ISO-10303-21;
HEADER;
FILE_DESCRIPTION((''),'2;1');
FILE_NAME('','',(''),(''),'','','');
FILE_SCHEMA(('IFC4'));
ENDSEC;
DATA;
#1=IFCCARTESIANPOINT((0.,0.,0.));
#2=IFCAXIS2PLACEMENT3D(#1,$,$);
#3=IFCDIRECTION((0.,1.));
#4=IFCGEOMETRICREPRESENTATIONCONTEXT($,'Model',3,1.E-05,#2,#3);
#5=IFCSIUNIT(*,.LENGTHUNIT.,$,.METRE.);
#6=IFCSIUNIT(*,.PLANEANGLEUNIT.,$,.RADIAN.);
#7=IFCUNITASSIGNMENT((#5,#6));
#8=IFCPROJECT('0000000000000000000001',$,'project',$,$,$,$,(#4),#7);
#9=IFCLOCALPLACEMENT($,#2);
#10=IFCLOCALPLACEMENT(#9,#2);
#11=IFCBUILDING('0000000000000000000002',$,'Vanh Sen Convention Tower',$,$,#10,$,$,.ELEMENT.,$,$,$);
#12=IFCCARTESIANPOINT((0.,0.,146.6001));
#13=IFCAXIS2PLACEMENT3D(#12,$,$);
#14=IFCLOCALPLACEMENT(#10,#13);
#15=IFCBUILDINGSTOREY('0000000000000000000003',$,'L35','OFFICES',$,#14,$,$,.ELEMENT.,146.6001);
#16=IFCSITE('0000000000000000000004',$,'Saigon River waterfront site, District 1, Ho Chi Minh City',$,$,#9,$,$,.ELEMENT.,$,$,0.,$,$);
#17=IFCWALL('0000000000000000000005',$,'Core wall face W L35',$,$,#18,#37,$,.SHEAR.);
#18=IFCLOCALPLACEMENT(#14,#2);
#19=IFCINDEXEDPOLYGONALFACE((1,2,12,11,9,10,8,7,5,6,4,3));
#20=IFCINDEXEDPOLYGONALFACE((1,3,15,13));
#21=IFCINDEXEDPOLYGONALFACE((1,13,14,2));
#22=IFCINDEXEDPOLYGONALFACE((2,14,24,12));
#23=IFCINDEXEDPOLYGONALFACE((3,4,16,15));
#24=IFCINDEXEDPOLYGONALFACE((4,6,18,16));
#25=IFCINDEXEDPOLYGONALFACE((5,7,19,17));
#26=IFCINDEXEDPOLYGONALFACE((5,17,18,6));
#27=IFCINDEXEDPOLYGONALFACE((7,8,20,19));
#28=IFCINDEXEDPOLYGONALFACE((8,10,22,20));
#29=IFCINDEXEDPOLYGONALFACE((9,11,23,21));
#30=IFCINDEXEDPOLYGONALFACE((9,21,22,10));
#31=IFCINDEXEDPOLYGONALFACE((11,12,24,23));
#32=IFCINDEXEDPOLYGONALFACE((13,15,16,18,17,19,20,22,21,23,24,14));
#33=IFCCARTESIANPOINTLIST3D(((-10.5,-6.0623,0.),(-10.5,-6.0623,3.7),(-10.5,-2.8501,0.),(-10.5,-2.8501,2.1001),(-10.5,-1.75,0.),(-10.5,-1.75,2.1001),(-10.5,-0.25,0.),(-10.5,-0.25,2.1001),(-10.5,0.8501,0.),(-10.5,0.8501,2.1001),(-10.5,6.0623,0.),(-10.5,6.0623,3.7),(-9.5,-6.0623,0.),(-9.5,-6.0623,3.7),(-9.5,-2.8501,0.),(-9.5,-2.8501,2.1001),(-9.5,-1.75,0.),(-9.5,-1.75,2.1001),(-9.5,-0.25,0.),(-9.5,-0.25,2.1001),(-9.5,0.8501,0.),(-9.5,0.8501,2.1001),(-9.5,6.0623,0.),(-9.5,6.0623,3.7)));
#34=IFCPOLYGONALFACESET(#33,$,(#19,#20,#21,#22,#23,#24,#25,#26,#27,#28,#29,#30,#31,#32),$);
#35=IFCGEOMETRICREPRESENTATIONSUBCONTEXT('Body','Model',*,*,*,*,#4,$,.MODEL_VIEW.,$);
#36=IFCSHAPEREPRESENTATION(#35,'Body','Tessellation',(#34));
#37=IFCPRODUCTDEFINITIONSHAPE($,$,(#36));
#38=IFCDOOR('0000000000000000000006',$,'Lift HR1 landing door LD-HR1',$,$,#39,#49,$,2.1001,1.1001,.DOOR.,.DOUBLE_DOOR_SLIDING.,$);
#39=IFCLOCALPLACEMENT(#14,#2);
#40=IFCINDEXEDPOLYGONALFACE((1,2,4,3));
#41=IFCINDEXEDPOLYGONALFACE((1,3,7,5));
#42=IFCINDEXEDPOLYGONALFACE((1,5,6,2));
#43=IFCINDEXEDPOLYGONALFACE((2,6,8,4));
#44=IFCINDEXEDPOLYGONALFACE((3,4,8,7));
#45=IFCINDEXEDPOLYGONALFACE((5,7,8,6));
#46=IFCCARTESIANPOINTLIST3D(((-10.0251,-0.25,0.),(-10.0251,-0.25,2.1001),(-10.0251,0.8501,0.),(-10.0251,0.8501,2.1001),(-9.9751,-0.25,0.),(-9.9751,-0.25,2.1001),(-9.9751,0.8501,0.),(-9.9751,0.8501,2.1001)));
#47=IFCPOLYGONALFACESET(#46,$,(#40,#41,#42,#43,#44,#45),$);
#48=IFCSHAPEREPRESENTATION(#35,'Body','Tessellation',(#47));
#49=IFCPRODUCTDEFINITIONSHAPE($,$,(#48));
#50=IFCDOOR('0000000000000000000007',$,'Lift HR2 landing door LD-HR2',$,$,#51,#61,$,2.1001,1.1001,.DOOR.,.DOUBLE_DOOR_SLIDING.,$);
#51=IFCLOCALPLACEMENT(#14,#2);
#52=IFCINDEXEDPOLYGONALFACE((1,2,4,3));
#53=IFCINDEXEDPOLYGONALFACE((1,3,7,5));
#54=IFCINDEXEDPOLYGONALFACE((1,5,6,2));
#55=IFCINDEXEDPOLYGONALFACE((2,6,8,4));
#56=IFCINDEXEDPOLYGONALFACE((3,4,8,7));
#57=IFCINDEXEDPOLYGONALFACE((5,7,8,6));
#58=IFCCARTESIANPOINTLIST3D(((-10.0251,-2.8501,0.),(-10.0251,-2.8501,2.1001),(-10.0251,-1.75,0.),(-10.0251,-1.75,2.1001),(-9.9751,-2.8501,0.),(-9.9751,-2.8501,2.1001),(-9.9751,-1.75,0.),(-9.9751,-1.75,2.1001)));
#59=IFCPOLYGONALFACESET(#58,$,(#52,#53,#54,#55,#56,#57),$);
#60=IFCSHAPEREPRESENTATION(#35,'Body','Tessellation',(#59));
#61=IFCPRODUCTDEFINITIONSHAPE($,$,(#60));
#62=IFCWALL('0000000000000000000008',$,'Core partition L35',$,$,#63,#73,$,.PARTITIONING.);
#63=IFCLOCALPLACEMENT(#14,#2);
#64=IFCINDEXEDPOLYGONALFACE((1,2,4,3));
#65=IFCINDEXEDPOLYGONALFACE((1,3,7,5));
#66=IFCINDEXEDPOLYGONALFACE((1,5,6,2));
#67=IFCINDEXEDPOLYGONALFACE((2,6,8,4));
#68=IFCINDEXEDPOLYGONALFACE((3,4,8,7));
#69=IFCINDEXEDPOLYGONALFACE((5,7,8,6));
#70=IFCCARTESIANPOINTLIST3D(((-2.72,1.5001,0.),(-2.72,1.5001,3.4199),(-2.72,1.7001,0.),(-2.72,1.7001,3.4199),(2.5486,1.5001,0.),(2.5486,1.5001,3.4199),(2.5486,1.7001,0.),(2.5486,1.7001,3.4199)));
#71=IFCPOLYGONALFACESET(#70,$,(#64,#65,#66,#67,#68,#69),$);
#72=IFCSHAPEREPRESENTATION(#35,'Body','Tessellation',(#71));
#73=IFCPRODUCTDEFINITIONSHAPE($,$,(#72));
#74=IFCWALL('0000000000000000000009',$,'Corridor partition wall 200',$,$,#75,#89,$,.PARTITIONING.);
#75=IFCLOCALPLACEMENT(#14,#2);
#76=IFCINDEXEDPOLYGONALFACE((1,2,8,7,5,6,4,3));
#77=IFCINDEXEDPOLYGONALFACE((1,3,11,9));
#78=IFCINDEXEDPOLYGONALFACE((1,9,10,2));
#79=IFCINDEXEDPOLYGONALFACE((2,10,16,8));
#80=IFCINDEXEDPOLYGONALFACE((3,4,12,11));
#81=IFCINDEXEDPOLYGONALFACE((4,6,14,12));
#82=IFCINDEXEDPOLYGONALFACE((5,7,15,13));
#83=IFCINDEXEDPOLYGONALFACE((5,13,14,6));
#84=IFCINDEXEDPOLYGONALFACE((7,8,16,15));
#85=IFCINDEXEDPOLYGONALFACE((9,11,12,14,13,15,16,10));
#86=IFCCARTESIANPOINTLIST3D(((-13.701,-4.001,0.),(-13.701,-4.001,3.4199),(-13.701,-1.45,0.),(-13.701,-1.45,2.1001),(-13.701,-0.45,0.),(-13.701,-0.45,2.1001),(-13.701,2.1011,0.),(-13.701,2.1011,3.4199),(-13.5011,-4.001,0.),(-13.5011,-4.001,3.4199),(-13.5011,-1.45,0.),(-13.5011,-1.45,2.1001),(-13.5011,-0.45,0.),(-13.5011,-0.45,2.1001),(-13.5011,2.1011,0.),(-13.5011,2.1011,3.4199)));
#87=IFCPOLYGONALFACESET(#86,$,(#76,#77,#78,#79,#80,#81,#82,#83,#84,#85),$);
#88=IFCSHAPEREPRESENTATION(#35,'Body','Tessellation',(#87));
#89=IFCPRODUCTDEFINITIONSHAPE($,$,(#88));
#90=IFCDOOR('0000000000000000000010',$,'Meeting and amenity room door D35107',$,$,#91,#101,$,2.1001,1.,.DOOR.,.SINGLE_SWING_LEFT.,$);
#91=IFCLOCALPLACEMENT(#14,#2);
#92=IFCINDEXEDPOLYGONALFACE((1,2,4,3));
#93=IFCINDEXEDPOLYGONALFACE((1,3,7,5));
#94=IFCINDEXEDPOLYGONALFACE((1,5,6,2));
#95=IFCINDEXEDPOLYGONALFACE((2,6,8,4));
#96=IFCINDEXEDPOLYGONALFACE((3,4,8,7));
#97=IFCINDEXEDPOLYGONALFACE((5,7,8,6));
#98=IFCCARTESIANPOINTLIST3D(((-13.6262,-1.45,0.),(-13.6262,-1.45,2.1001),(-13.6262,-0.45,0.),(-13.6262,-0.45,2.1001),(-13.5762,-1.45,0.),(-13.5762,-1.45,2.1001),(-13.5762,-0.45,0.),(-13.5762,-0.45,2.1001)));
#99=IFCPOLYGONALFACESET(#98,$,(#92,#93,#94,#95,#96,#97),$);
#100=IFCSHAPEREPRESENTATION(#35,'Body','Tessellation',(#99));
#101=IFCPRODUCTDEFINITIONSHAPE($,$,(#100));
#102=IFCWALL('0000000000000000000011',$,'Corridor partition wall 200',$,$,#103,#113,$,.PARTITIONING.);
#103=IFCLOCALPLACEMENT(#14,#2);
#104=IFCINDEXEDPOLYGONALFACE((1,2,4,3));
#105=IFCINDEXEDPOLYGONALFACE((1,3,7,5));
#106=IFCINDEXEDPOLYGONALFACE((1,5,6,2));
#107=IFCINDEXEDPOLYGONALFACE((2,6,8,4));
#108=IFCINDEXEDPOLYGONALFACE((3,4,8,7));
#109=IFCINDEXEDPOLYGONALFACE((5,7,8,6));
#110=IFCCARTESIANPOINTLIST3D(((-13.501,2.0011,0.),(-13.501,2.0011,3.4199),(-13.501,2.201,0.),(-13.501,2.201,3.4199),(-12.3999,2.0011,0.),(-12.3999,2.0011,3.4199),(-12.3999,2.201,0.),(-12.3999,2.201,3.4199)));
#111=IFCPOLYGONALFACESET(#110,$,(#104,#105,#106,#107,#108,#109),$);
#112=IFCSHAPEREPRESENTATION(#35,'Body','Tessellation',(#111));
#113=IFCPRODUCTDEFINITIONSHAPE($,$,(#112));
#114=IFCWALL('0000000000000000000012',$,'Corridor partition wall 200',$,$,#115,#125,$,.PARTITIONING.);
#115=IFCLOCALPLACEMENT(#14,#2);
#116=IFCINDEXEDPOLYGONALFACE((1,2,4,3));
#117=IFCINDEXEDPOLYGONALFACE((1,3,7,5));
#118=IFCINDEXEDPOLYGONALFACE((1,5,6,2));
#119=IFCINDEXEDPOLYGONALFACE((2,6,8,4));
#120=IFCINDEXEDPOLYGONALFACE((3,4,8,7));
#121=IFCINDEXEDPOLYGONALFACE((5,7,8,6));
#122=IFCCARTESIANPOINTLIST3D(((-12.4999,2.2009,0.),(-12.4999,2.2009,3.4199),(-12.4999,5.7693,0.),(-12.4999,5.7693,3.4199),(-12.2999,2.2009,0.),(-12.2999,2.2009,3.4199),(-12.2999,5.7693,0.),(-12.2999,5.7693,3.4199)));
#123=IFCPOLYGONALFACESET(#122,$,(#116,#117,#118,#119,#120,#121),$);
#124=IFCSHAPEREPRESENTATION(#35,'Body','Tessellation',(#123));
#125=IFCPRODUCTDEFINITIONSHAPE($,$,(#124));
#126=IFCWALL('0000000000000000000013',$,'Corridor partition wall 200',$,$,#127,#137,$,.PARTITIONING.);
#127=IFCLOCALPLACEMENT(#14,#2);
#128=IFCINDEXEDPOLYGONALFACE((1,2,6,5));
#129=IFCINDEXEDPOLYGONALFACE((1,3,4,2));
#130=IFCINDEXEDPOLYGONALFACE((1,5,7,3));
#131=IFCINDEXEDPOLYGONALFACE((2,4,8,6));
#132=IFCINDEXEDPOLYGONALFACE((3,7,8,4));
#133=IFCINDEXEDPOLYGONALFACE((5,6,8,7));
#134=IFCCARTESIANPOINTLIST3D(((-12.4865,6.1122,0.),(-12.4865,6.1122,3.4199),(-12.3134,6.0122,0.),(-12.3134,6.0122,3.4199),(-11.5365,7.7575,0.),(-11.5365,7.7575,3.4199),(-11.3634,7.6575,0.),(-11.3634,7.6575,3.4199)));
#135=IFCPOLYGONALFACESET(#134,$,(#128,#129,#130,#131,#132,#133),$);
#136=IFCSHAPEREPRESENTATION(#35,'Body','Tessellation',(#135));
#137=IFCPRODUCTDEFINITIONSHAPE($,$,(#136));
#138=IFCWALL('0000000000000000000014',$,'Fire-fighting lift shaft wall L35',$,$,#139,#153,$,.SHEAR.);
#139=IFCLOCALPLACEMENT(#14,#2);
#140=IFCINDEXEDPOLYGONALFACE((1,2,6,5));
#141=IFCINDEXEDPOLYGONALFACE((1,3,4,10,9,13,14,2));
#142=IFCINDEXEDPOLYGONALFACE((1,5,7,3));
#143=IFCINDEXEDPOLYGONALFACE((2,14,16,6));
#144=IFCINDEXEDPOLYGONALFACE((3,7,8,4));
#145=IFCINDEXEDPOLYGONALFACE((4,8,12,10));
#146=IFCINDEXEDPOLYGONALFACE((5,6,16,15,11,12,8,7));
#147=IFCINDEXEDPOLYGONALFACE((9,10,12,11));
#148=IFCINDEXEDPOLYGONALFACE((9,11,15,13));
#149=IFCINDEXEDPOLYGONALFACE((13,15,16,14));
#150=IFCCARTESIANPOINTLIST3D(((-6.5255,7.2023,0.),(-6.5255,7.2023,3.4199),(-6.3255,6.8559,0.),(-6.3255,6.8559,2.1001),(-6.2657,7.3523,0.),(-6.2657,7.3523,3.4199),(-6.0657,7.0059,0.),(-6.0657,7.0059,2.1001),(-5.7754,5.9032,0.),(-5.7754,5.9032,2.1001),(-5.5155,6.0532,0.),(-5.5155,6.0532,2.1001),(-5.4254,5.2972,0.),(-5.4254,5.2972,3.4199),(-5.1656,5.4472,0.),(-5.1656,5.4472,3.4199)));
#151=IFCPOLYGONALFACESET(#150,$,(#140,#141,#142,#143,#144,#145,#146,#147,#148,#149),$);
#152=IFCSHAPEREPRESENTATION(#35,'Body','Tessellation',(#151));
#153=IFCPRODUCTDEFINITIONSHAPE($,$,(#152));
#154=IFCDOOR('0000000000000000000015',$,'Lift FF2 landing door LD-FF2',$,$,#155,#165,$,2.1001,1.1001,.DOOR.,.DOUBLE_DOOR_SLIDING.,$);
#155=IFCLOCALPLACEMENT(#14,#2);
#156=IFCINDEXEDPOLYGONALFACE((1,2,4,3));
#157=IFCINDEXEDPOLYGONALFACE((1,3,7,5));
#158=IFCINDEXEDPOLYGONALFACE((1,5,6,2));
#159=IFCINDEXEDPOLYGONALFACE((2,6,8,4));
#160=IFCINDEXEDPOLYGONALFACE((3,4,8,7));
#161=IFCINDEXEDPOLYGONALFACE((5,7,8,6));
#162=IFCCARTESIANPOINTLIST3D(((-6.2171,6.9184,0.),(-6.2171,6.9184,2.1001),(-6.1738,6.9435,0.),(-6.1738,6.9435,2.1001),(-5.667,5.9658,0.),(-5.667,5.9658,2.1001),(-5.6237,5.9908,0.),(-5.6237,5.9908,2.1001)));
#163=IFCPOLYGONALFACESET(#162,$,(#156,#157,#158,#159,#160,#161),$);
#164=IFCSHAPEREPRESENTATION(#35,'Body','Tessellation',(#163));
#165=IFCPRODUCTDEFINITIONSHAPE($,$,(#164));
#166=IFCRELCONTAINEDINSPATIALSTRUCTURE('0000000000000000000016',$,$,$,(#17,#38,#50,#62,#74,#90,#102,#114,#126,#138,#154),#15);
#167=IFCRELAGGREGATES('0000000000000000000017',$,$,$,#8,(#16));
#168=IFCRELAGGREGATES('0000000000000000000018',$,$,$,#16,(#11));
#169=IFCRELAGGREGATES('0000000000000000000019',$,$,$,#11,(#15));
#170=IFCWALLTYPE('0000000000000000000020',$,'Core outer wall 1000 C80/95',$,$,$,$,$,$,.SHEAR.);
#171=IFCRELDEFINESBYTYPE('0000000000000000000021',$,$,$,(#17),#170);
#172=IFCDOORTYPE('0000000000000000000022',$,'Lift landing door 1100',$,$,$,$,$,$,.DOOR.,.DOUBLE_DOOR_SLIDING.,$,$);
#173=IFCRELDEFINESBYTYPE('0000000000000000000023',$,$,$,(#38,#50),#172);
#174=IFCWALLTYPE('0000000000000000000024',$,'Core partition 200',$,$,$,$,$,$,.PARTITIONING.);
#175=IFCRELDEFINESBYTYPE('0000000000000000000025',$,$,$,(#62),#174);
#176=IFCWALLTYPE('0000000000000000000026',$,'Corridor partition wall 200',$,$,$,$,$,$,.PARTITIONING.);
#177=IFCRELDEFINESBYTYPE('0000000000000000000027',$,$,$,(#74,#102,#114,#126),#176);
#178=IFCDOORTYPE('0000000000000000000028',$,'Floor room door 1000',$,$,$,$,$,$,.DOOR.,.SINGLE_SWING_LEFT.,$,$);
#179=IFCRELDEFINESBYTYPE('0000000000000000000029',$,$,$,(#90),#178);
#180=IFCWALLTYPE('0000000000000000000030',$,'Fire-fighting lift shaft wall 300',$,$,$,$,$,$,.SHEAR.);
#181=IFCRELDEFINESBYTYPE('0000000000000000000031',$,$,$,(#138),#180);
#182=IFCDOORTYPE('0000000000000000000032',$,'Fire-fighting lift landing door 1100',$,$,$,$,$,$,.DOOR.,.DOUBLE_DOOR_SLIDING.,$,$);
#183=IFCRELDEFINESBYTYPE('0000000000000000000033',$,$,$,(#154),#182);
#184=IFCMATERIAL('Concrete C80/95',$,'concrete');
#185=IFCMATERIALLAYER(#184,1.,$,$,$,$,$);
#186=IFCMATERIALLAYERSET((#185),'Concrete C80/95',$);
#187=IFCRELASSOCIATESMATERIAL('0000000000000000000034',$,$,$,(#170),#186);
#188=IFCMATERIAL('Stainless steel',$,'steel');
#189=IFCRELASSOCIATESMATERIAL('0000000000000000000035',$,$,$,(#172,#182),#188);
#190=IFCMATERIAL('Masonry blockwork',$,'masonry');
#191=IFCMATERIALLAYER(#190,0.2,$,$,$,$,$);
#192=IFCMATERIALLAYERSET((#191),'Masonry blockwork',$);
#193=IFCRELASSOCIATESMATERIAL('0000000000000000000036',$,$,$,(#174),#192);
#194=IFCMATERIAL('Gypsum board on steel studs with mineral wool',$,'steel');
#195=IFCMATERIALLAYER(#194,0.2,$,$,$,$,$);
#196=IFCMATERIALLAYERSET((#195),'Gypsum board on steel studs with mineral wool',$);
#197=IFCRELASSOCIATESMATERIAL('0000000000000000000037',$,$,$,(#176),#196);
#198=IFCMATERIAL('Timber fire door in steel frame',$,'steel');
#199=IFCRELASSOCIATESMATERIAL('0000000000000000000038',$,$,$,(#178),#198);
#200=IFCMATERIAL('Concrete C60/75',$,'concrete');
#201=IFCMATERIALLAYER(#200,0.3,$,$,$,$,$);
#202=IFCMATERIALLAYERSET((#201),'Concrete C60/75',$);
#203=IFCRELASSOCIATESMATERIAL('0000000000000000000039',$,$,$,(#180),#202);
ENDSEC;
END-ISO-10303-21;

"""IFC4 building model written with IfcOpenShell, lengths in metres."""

from ifc_helpers import new_model, si_unit, direction, frame, frame_2d, origin, place, context, subcontext, project, spatial, rectangle, extrude, material, layer, layer_set, type_object, element, fill, save


model = new_model("IFC4")

# Units and contexts
model_context = context("Model", 3, precision=1e-05, world=origin(), true_north=direction((0.0, 1.0)))
body_context = subcontext(model_context, "Body", "Model", "MODEL_VIEW")
ifc_project = project(units=[si_unit("LENGTHUNIT", "METRE"), si_unit("PLANEANGLEUNIT", "RADIAN")], contexts=[model_context])

# Site, building, storey
site_placement = place(None, origin())
site = spatial("IfcSite", under=ifc_project, at=site_placement, Name="Saigon River waterfront site, District 1, Ho Chi Minh City", CompositionType="ELEMENT", RefElevation=0.0)
building_placement = place(site_placement, origin())
building = spatial("IfcBuilding", under=site, at=building_placement, Name="Vanh Sen Convention Tower", CompositionType="ELEMENT")
storey_placement = place(building_placement, frame((0.0, 0.0, 146.6001)))
storey = spatial("IfcBuildingStorey", under=building, at=storey_placement, Name="L35", Description="OFFICES", CompositionType="ELEMENT", Elevation=146.6001)

# Wall, openings, doors
ifc_material_1 = material(Name="Concrete C80/95", Category="concrete")
ifc_layer_1 = layer(ifc_material_1, 1.0)
ifc_layer_set_1 = layer_set([ifc_layer_1], Name="Concrete C80/95")
wall_type_1 = type_object("IfcWallType", Name="Core outer wall 1000 C80/95", PredefinedType="SHEAR", material=ifc_layer_set_1)
wall_1_placement = place(storey_placement, frame((-10.0, 6.0623, 0.0), z_axis=(0.0, 0.0, 1.0), x_axis=(0.0, -1.0, 0.0)))
wall_1 = element("IfcWall", 1, at=wall_1_placement, inside=storey, type_object=wall_type_1, Name="Core wall face W L35", PredefinedType="SHEAR", context=body_context, shape_type="SweptSolid", body=[
    extrude(rectangle(XDim=12.1245, YDim=1.0, at=frame_2d((6.0623, 0.0))), origin(), (0.0, 0.0, 1.0), 3.7),
])
opening_1_placement = place(wall_1_placement, frame((5.2122, 0.0, 0.0)))
opening_1 = element("IfcOpeningElement", 2, at=opening_1_placement, cuts=wall_1, PredefinedType="OPENING", context=body_context, shape_type="SweptSolid", body=[
    extrude(rectangle(XDim=1.1001, YDim=2.1001, at=frame_2d((0.55, 1.05))), frame((0.0, 0.51, 0.0), z_axis=(0.0, -1.0, 0.0), x_axis=(1.0, 0.0, 0.0)), (0.0, 0.0, 1.0), 1.02),
])
opening_2_placement = place(wall_1_placement, frame((7.8123, 0.0, 0.0)))
opening_2 = element("IfcOpeningElement", 3, at=opening_2_placement, cuts=wall_1, PredefinedType="OPENING", context=body_context, shape_type="SweptSolid", body=[
    extrude(rectangle(XDim=1.1001, YDim=2.1001, at=frame_2d((0.55, 1.05))), frame((0.0, 0.51, 0.0), z_axis=(0.0, -1.0, 0.0), x_axis=(1.0, 0.0, 0.0)), (0.0, 0.0, 1.0), 1.02),
])
ifc_material_2 = material(Name="Stainless steel", Category="steel")
door_type_1 = type_object("IfcDoorType", Name="Lift landing door 1100", OperationType="DOUBLE_DOOR_SLIDING", PredefinedType="DOOR", material=ifc_material_2)
door_1_placement = place(opening_1_placement, origin())
door_1 = element("IfcDoor", 4, at=door_1_placement, inside=storey, type_object=door_type_1, Name="Lift HR1 landing door LD-HR1", OperationType="DOUBLE_DOOR_SLIDING", OverallHeight=2.1001, OverallWidth=1.1001, PredefinedType="DOOR", context=body_context, shape_type="SweptSolid", body=[
    extrude(rectangle(XDim=1.1001, YDim=2.1001, at=frame_2d((0.55, 1.05))), frame((0.0, 0.0249, 0.0), z_axis=(0.0, -1.0, 0.0), x_axis=(1.0, 0.0, 0.0)), (0.0, 0.0, 1.0), 0.05),
])
fill(opening_1, door_1)
door_2_placement = place(opening_2_placement, origin())
door_2 = element("IfcDoor", 5, at=door_2_placement, inside=storey, type_object=door_type_1, Name="Lift HR2 landing door LD-HR2", OperationType="DOUBLE_DOOR_SLIDING", OverallHeight=2.1001, OverallWidth=1.1001, PredefinedType="DOOR", context=body_context, shape_type="SweptSolid", body=[
    extrude(rectangle(XDim=1.1001, YDim=2.1001, at=frame_2d((0.55, 1.05))), frame((0.0, 0.0249, 0.0), z_axis=(0.0, -1.0, 0.0), x_axis=(1.0, 0.0, 0.0)), (0.0, 0.0, 1.0), 0.05),
])
fill(opening_2, door_2)

# Wall
ifc_material_3 = material(Name="Masonry blockwork", Category="masonry")
ifc_layer_2 = layer(ifc_material_3, 0.2)
ifc_layer_set_2 = layer_set([ifc_layer_2], Name="Masonry blockwork")
wall_type_2 = type_object("IfcWallType", Name="Core partition 200", PredefinedType="PARTITIONING", material=ifc_layer_set_2)
wall_2_placement = place(storey_placement, frame((-2.72, 1.6001, 0.0), z_axis=(0.0, 0.0, 1.0), x_axis=(1.0, 0.0, 0.0)))
element("IfcWall", 6, at=wall_2_placement, inside=storey, type_object=wall_type_2, Name="Core partition L35", PredefinedType="PARTITIONING", context=body_context, shape_type="SweptSolid", body=[
    extrude(rectangle(XDim=5.2686, YDim=0.2, at=frame_2d((2.6343, 0.0))), origin(), (0.0, 0.0, 1.0), 3.4199),
])

# Wall, opening, door
ifc_material_4 = material(Name="Gypsum board on steel studs with mineral wool", Category="steel")
ifc_layer_3 = layer(ifc_material_4, 0.2)
ifc_layer_set_3 = layer_set([ifc_layer_3], Name="Gypsum board on steel studs with mineral wool")
wall_type_3 = type_object("IfcWallType", Name="Corridor partition wall 200", PredefinedType="PARTITIONING", material=ifc_layer_set_3)
wall_3_placement = place(storey_placement, frame((-13.6011, 2.1011, 0.0), z_axis=(0.0, 0.0, 1.0), x_axis=(0.0, -1.0, 0.0)))
wall_3 = element("IfcWall", 7, at=wall_3_placement, inside=storey, type_object=wall_type_3, Name="Corridor partition wall 200", PredefinedType="PARTITIONING", context=body_context, shape_type="SweptSolid", body=[
    extrude(rectangle(XDim=6.1021, YDim=0.2, at=frame_2d((3.051, 0.0))), origin(), (0.0, 0.0, 1.0), 3.4199),
])
opening_3_placement = place(wall_3_placement, frame((2.551, 0.0, 0.0)))
opening_3 = element("IfcOpeningElement", 8, at=opening_3_placement, cuts=wall_3, PredefinedType="OPENING", context=body_context, shape_type="SweptSolid", body=[
    extrude(rectangle(XDim=1.0, YDim=2.1001, at=frame_2d((0.5, 1.05))), frame((0.0, 0.1099, 0.0), z_axis=(0.0, -1.0, 0.0), x_axis=(1.0, 0.0, 0.0)), (0.0, 0.0, 1.0), 0.22),
])
ifc_material_5 = material(Name="Timber fire door in steel frame", Category="steel")
door_type_2 = type_object("IfcDoorType", Name="Floor room door 1000", OperationType="SINGLE_SWING_LEFT", PredefinedType="DOOR", material=ifc_material_5)
door_3_placement = place(opening_3_placement, origin())
door_3 = element("IfcDoor", 9, at=door_3_placement, inside=storey, type_object=door_type_2, Name="Meeting and amenity room door D35107", OperationType="SINGLE_SWING_LEFT", OverallHeight=2.1001, OverallWidth=1.0, PredefinedType="DOOR", context=body_context, shape_type="SweptSolid", body=[
    extrude(rectangle(XDim=1.0, YDim=2.1001, at=frame_2d((0.5, 1.05))), frame((0.0, 0.0249, 0.0), z_axis=(0.0, -1.0, 0.0), x_axis=(1.0, 0.0, 0.0)), (0.0, 0.0, 1.0), 0.05),
])
fill(opening_3, door_3)

# Walls
wall_4_placement = place(storey_placement, frame((-12.3999, 2.1011, 0.0), z_axis=(0.0, 0.0, 1.0), x_axis=(-1.0, 0.0, 0.0)))
element("IfcWall", 10, at=wall_4_placement, inside=storey, type_object=wall_type_3, Name="Corridor partition wall 200", PredefinedType="PARTITIONING", context=body_context, shape_type="SweptSolid", body=[
    extrude(rectangle(XDim=1.1011, YDim=0.2, at=frame_2d((0.5505, 0.0))), origin(), (0.0, 0.0, 1.0), 3.4199),
])
wall_5_placement = place(storey_placement, frame((-12.3999, 5.7693, 0.0), z_axis=(0.0, 0.0, 1.0), x_axis=(0.0, -1.0, 0.0)))
element("IfcWall", 11, at=wall_5_placement, inside=storey, type_object=wall_type_3, Name="Corridor partition wall 200", PredefinedType="PARTITIONING", context=body_context, shape_type="SweptSolid", body=[
    extrude(rectangle(XDim=3.5684, YDim=0.2, at=frame_2d((1.7842, 0.0))), origin(), (0.0, 0.0, 1.0), 3.4199),
])
wall_6_placement = place(storey_placement, frame((-11.45, 7.7075, 0.0), z_axis=(0.0, 0.0, 1.0), x_axis=(-0.500023, -0.866012, 0.0)))
element("IfcWall", 12, at=wall_6_placement, inside=storey, type_object=wall_type_3, Name="Corridor partition wall 200", PredefinedType="PARTITIONING", context=body_context, shape_type="SweptSolid", body=[
    extrude(rectangle(XDim=1.8999, YDim=0.2, at=frame_2d((0.95, 0.0))), origin(), (0.0, 0.0, 1.0), 3.4199),
])

# Wall, opening, door
ifc_material_6 = material(Name="Concrete C60/75", Category="concrete")
ifc_layer_4 = layer(ifc_material_6, 0.3)
ifc_layer_set_4 = layer_set([ifc_layer_4], Name="Concrete C60/75")
wall_type_4 = type_object("IfcWallType", Name="Fire-fighting lift shaft wall 300", PredefinedType="SHEAR", material=ifc_layer_set_4)
wall_7_placement = place(storey_placement, frame((-5.2954, 5.3721, 0.0), z_axis=(0.0, 0.0, 1.0), x_axis=(-0.500078, 0.86598, 0.0)))
wall_7 = element("IfcWall", 13, at=wall_7_placement, inside=storey, type_object=wall_type_4, Name="Fire-fighting lift shaft wall L35", PredefinedType="SHEAR", context=body_context, shape_type="SweptSolid", body=[
    extrude(rectangle(XDim=2.2, YDim=0.3, at=frame_2d((1.1001, 0.0))), origin(), (0.0, 0.0, 1.0), 3.4199),
])
opening_4_placement = place(wall_7_placement, frame((0.7, 0.0, 0.0)))
opening_4 = element("IfcOpeningElement", 14, at=opening_4_placement, cuts=wall_7, PredefinedType="OPENING", context=body_context, shape_type="SweptSolid", body=[
    extrude(rectangle(XDim=1.1001, YDim=2.1001, at=frame_2d((0.55, 1.05))), frame((0.0, 0.1599, 0.0), z_axis=(0.0, -1.0, 0.0), x_axis=(1.0, 0.0, 0.0)), (0.0, 0.0, 1.0), 0.3201),
])
door_type_3 = type_object("IfcDoorType", Name="Fire-fighting lift landing door 1100", OperationType="DOUBLE_DOOR_SLIDING", PredefinedType="DOOR", material=ifc_material_2)
door_4_placement = place(opening_4_placement, origin())
door_4 = element("IfcDoor", 15, at=door_4_placement, inside=storey, type_object=door_type_3, Name="Lift FF2 landing door LD-FF2", OperationType="DOUBLE_DOOR_SLIDING", OverallHeight=2.1001, OverallWidth=1.1001, PredefinedType="DOOR", context=body_context, shape_type="SweptSolid", body=[
    extrude(rectangle(XDim=1.1001, YDim=2.1001, at=frame_2d((0.55, 1.05))), frame((0.0, 0.0249, 0.0), z_axis=(0.0, -1.0, 0.0), x_axis=(1.0, 0.0, 0.0)), (0.0, 0.0, 1.0), 0.05),
])
fill(opening_4, door_4)

save(model, "model.ifc")
